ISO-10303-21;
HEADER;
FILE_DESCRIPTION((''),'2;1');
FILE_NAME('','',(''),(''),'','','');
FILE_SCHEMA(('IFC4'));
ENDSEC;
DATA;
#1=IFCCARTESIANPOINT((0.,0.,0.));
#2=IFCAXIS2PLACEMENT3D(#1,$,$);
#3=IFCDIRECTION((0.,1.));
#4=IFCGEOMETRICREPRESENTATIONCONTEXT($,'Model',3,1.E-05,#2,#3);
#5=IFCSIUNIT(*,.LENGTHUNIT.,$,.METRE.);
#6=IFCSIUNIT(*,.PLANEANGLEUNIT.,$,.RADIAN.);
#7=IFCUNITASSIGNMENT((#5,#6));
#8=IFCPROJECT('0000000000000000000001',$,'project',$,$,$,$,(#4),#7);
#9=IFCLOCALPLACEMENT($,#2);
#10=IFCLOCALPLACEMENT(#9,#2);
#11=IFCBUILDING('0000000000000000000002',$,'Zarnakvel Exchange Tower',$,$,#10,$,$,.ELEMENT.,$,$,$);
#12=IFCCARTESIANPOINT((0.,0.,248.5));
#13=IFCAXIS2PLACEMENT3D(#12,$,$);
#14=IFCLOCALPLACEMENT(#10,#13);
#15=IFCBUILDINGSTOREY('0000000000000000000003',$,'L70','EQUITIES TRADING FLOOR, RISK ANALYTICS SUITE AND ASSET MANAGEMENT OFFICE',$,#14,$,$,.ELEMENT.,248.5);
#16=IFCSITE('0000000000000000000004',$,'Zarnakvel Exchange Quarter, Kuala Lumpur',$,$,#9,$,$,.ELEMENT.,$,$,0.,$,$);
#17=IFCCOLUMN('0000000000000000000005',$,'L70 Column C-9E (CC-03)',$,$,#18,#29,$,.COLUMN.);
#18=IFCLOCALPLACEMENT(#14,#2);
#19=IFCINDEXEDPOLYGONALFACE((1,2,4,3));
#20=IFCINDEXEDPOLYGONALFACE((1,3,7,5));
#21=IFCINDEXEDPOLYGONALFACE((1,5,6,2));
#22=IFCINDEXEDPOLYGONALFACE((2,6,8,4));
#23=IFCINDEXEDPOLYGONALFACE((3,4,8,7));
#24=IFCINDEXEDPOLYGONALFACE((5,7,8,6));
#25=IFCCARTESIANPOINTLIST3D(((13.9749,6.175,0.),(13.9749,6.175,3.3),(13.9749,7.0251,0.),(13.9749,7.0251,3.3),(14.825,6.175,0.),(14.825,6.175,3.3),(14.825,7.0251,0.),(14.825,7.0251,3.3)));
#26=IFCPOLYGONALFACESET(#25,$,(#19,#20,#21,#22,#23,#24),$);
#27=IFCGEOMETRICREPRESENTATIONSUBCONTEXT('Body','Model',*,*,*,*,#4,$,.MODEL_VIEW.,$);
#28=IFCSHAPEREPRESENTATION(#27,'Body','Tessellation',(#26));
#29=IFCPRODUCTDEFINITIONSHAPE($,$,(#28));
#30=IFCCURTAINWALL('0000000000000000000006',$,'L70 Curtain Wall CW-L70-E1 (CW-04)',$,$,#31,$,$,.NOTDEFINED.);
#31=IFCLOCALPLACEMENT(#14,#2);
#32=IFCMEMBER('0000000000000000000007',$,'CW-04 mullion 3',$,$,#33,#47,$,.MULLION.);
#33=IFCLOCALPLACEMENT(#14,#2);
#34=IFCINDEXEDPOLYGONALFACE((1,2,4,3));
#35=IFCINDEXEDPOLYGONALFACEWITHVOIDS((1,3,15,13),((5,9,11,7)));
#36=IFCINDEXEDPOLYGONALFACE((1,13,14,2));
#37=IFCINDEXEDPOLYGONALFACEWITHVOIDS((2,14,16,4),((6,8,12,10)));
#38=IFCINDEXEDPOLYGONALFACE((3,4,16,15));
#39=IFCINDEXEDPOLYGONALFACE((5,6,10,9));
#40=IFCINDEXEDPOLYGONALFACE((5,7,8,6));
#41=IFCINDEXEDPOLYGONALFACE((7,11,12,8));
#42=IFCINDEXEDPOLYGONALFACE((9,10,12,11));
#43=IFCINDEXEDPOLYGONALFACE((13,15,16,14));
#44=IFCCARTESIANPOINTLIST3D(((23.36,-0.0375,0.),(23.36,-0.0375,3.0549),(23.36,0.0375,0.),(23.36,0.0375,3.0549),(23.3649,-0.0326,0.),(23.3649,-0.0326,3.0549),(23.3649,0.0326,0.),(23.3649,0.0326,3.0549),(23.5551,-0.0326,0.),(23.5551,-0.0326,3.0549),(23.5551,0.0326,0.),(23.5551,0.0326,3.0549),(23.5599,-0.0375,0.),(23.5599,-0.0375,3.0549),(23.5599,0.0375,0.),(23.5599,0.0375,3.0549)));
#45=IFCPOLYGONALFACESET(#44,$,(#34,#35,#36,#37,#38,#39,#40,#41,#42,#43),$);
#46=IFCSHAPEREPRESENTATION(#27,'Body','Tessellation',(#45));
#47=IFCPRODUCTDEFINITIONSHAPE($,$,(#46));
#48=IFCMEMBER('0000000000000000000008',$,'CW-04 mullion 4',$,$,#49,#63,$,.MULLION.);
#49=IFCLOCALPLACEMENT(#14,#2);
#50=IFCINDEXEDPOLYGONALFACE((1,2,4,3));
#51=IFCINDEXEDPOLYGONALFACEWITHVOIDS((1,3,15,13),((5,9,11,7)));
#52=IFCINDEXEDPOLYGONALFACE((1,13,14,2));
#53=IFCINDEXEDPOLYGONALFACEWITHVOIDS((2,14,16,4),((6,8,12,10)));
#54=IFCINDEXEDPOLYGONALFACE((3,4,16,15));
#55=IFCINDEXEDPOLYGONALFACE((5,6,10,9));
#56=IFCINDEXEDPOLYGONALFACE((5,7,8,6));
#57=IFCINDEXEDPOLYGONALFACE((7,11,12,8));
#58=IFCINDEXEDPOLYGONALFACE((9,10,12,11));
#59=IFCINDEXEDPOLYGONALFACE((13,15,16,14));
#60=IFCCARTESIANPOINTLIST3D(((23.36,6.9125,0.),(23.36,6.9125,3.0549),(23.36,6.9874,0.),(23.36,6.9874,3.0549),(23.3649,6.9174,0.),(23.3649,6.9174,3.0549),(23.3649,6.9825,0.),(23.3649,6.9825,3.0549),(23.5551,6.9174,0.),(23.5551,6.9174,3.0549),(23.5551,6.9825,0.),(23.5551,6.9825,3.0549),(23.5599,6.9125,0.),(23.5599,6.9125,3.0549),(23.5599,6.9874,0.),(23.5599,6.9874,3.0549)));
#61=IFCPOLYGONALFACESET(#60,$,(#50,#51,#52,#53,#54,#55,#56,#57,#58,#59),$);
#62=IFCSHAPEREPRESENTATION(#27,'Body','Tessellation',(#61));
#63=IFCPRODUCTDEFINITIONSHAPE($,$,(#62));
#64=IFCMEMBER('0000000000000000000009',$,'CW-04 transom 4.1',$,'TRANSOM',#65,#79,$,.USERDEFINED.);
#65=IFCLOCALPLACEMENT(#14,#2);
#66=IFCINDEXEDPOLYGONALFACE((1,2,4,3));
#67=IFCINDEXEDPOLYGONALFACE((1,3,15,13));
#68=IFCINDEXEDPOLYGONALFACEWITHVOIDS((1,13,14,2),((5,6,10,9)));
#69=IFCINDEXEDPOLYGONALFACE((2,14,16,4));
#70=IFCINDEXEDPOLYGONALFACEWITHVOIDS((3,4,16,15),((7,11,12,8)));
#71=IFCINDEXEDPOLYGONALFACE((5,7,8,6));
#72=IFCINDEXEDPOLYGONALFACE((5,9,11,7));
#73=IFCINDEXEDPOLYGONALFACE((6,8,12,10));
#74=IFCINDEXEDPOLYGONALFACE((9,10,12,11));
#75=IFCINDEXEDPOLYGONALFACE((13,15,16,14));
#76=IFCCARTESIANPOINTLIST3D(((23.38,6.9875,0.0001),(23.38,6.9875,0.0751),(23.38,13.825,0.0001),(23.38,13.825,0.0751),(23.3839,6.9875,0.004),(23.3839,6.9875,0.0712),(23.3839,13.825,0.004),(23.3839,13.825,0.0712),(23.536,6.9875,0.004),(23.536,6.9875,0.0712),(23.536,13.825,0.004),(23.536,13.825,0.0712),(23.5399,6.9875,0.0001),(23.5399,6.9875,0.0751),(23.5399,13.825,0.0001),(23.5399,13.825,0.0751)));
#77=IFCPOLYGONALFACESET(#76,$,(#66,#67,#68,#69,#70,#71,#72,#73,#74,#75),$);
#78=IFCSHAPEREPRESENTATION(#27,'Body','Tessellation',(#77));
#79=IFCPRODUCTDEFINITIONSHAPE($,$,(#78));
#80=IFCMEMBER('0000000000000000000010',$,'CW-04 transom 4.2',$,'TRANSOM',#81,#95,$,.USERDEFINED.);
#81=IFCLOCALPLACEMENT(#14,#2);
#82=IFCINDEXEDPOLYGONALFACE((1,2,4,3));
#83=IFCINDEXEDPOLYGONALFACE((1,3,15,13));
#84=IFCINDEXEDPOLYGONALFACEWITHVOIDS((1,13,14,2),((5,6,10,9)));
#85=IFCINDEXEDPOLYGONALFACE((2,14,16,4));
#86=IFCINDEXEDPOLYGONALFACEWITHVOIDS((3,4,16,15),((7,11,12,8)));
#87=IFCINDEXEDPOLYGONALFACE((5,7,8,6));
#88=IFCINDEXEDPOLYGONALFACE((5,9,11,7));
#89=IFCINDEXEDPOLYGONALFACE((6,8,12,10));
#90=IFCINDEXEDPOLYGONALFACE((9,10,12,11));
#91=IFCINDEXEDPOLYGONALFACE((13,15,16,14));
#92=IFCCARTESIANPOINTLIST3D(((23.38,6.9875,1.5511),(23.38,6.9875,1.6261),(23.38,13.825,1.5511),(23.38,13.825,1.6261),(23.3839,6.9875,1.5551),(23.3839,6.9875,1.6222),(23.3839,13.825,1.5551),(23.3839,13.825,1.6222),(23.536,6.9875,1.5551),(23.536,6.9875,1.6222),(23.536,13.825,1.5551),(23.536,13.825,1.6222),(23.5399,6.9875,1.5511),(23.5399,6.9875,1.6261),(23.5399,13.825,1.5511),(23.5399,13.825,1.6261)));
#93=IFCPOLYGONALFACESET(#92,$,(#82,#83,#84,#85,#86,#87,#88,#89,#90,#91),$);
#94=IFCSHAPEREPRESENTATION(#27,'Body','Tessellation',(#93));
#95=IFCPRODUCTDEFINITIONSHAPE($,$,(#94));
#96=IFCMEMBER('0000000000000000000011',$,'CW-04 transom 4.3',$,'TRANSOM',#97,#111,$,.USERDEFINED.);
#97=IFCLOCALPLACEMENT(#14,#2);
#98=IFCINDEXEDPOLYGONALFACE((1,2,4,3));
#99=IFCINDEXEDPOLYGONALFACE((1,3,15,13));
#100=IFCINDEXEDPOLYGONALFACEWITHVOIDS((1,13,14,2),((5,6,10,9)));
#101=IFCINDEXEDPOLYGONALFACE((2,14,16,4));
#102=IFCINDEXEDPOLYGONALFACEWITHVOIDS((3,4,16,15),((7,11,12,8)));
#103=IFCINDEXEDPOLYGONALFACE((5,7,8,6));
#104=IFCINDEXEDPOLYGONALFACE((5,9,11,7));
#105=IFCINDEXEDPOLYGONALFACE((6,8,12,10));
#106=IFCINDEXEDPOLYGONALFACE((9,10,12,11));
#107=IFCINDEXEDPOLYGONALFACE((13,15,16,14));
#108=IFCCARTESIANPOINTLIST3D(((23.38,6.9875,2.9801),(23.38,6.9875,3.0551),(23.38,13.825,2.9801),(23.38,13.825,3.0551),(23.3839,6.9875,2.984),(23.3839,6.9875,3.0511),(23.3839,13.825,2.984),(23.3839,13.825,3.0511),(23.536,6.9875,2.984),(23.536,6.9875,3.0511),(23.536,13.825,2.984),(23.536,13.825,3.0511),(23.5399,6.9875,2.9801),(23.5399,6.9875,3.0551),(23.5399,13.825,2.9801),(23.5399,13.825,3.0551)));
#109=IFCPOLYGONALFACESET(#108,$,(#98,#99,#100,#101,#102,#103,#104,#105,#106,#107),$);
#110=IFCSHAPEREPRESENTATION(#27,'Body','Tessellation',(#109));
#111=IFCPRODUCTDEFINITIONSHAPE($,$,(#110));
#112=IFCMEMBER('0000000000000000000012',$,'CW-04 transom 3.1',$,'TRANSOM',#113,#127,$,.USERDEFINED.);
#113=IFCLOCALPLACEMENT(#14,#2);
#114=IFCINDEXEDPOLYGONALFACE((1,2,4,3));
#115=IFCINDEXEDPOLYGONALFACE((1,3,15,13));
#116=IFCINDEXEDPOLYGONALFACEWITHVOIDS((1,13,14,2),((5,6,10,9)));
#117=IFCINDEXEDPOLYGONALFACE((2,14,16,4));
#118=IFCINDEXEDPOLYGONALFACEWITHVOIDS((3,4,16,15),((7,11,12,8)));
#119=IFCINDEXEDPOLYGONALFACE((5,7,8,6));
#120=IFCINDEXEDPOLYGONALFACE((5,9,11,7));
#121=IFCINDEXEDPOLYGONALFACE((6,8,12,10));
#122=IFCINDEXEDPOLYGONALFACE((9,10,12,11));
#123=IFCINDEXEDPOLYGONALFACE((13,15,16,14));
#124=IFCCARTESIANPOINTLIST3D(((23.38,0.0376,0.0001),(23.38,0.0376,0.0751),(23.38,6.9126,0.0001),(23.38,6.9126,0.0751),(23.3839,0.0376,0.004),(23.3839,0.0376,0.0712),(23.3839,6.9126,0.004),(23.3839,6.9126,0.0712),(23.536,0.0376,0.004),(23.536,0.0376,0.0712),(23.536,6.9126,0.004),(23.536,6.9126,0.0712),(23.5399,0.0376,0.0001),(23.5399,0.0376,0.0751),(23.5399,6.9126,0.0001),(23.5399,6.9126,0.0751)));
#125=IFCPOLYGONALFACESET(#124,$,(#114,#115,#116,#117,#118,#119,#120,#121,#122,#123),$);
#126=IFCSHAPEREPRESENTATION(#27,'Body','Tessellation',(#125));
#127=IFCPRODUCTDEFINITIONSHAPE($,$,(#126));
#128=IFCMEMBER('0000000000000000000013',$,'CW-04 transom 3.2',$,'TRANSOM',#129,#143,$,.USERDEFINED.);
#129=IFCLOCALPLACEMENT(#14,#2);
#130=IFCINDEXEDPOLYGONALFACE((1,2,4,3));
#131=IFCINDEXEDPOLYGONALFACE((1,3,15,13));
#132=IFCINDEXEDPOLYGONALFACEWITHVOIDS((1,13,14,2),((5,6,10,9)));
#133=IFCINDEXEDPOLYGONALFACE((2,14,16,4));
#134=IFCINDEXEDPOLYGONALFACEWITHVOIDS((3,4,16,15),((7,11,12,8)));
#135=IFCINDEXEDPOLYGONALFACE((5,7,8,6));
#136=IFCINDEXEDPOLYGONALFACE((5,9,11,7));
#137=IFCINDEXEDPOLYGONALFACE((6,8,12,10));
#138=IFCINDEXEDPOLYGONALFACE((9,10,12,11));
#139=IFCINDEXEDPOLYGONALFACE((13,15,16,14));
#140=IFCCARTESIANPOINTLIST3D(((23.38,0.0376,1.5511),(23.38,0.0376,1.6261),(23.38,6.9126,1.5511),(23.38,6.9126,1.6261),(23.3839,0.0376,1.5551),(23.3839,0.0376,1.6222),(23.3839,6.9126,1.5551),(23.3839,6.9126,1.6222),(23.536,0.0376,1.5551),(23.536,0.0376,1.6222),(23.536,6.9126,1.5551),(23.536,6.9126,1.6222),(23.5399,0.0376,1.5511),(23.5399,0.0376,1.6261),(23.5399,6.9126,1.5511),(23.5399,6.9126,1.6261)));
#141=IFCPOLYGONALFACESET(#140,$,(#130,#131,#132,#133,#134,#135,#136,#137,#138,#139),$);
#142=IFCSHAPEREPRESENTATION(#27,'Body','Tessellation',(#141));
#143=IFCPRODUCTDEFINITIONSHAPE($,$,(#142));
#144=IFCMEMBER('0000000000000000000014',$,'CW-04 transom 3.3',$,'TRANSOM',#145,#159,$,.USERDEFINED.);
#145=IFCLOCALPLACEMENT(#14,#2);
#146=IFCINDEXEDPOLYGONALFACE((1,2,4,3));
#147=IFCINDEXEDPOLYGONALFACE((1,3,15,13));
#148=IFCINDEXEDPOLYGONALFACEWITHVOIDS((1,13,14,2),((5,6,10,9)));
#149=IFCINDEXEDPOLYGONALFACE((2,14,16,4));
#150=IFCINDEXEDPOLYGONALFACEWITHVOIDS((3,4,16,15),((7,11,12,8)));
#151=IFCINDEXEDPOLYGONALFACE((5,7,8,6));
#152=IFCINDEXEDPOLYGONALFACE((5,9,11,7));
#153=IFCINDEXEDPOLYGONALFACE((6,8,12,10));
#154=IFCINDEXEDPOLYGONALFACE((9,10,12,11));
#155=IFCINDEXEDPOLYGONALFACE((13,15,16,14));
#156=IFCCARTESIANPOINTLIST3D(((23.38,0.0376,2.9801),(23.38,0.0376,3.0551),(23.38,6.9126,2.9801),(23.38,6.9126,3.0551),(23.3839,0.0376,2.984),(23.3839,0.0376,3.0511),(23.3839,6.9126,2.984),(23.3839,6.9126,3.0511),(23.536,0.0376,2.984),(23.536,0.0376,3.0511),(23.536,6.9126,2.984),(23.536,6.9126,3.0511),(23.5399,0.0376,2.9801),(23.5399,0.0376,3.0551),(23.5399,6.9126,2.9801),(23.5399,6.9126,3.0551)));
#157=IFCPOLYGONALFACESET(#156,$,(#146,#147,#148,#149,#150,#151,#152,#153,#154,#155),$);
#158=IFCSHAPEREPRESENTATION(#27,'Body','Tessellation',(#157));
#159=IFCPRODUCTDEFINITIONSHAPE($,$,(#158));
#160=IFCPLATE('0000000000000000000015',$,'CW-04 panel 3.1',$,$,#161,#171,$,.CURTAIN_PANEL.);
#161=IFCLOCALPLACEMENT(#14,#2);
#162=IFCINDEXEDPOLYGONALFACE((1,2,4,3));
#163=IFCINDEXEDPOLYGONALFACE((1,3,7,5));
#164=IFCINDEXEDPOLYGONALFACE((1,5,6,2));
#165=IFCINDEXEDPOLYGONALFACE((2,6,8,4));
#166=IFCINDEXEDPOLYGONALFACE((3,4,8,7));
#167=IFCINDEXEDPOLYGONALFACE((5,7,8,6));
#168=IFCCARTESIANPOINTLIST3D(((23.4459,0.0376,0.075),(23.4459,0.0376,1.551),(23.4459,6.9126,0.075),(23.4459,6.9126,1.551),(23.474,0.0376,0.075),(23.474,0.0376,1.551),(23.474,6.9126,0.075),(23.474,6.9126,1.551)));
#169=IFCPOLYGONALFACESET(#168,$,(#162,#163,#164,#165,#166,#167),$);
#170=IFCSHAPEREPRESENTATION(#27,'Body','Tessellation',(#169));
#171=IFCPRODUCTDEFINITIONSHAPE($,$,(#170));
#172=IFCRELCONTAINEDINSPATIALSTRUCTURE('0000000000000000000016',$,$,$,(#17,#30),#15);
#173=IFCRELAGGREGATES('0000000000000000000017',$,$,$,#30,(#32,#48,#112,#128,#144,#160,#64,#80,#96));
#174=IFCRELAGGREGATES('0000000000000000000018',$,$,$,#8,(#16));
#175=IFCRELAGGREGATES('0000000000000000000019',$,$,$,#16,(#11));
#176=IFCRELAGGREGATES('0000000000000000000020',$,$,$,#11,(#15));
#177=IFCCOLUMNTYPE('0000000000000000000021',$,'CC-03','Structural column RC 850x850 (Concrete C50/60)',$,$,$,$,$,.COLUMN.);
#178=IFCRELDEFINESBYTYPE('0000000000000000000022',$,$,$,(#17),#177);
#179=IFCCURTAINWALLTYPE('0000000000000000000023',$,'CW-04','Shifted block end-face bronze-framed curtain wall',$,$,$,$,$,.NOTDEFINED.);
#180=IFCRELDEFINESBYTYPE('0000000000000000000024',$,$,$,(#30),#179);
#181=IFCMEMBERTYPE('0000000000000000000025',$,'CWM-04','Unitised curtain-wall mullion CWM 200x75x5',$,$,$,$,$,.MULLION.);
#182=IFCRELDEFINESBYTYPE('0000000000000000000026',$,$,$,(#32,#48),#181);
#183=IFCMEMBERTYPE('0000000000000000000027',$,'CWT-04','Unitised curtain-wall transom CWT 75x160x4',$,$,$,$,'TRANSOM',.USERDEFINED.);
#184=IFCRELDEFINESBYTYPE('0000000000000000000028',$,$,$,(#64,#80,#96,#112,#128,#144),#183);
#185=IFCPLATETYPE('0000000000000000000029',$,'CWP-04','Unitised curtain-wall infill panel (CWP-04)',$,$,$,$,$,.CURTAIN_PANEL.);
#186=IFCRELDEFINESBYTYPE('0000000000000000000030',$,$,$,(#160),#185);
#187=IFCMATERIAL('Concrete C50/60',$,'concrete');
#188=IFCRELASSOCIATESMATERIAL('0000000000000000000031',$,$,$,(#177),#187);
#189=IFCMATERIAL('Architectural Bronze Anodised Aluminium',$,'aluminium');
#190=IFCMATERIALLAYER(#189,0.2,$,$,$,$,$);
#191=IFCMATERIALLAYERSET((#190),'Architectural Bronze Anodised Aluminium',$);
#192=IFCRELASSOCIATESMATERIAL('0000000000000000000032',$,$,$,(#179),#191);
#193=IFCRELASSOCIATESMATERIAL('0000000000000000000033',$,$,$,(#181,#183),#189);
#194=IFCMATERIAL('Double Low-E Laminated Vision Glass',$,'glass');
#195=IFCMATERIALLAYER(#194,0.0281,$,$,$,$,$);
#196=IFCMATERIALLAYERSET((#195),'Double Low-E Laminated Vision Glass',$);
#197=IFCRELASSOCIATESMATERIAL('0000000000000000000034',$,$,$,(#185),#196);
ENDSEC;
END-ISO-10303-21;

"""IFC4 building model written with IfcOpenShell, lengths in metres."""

from ifc_helpers import new_model, si_unit, direction, frame, origin, origin_2d, place, context, subcontext, project, spatial, rectangle, hollow_rectangle, extrude, source, transform, mapped, material, layer, layer_set, material_profile, profile_set, type_object, element, aggregate, save


model = new_model("IFC4")

# Units and contexts
model_context = context("Model", 3, precision=1e-05, world=origin(), true_north=direction((0.0, 1.0)))
body_context = subcontext(model_context, "Body", "Model", "MODEL_VIEW")
ifc_project = project(units=[si_unit("LENGTHUNIT", "METRE"), si_unit("PLANEANGLEUNIT", "RADIAN")], contexts=[model_context])

# Site, building, storey
site_placement = place(None, origin())
site = spatial("IfcSite", under=ifc_project, at=site_placement, Name="Zarnakvel Exchange Quarter, Kuala Lumpur", CompositionType="ELEMENT", RefElevation=0.0)
building_placement = place(site_placement, origin())
building = spatial("IfcBuilding", under=site, at=building_placement, Name="Zarnakvel Exchange Tower", CompositionType="ELEMENT")
storey_placement = place(building_placement, frame((0.0, 0.0, 248.5)))
storey = spatial("IfcBuildingStorey", under=building, at=storey_placement, Name="L70", Description="EQUITIES TRADING FLOOR, RISK ANALYTICS SUITE AND ASSET MANAGEMENT OFFICE", CompositionType="ELEMENT", Elevation=248.5)

# Column
ifc_material_1 = material(Name="Concrete C50/60", Category="concrete")
ifc_material_profile_1 = material_profile(ifc_material_1, rectangle(XDim=0.8501, YDim=0.8501, at=origin_2d()))
ifc_profile_set_1 = profile_set([ifc_material_profile_1], Name="Concrete C50/60")
column_type = type_object("IfcColumnType", Name="CC-03", Description="Structural column RC 850x850 (Concrete C50/60)", PredefinedType="COLUMN", material=ifc_profile_set_1)
column_placement = place(storey_placement, frame((14.3999, 6.6001, 0.0), z_axis=(0.0, 0.0, 1.0), x_axis=(1.0, 0.0, 0.0)))
element("IfcColumn", 1, at=column_placement, inside=storey, type_object=column_type, Name="L70 Column C-9E (CC-03)", PredefinedType="COLUMN", context=body_context, shape_type="SweptSolid", body=[
    extrude(rectangle(XDim=0.8501, YDim=0.8501, at=origin_2d()), origin(), (0.0, 0.0, 1.0), 3.3),
])

# Curtain wall, members, plate
ifc_material_2 = material(Name="Architectural Bronze Anodised Aluminium", Category="aluminium")
ifc_layer_1 = layer(ifc_material_2, 0.2)
ifc_layer_set_1 = layer_set([ifc_layer_1], Name="Architectural Bronze Anodised Aluminium")
curtain_wall_type = type_object("IfcCurtainWallType", Name="CW-04", Description="Shifted block end-face bronze-framed curtain wall", PredefinedType="NOTDEFINED", material=ifc_layer_set_1)
curtain_wall_placement = place(storey_placement, origin())
curtain_wall = element("IfcCurtainWall", 2, at=curtain_wall_placement, inside=storey, type_object=curtain_wall_type, Name="L70 Curtain Wall CW-L70-E1 (CW-04)", PredefinedType="NOTDEFINED")
ifc_material_profile_2 = material_profile(ifc_material_2, hollow_rectangle(XDim=0.2, YDim=0.075, WallThickness=0.0049, at=origin_2d()))
ifc_profile_set_2 = profile_set([ifc_material_profile_2], Name="Architectural Bronze Anodised Aluminium")
member_type_1 = type_object("IfcMemberType", Name="CWM-04", Description="Unitised curtain-wall mullion CWM 200x75x5", PredefinedType="MULLION", material=ifc_profile_set_2)
shared_shape_1 = source(origin(), body_context, "Body", "SweptSolid", [
    extrude(hollow_rectangle(XDim=0.2, YDim=0.075, WallThickness=0.0049, at=origin_2d()), origin(), (0.0, 0.0, 1.0), 3.0549),
])
member_1_placement = place(storey_placement, frame((23.46, 0.0, 0.0), z_axis=(0.0, 0.0, 1.0), x_axis=(-1.0, 0.0, 0.0)))
member_1 = element("IfcMember", 3, at=member_1_placement, type_object=member_type_1, Name="CW-04 mullion 3", PredefinedType="MULLION", context=body_context, shape_type="MappedRepresentation", body=[
    mapped(shared_shape_1, transform((0.0, 0.0, 0.0), x_axis=(1.0, 0.0, 0.0), y_axis=(0.0, 1.0, 0.0), z_axis=(0.0, 0.0, 1.0), scale=1.0)),
])
member_2_placement = place(storey_placement, frame((23.46, 6.95, 0.0), z_axis=(0.0, 0.0, 1.0), x_axis=(-1.0, 0.0, 0.0)))
member_2 = element("IfcMember", 4, at=member_2_placement, type_object=member_type_1, Name="CW-04 mullion 4", PredefinedType="MULLION", context=body_context, shape_type="MappedRepresentation", body=[
    mapped(shared_shape_1, transform((0.0, 0.0, 0.0), x_axis=(1.0, 0.0, 0.0), y_axis=(0.0, 1.0, 0.0), z_axis=(0.0, 0.0, 1.0), scale=1.0)),
])
ifc_material_profile_3 = material_profile(ifc_material_2, hollow_rectangle(XDim=0.1599, YDim=0.075, WallThickness=0.0039, at=origin_2d()))
ifc_profile_set_3 = profile_set([ifc_material_profile_3], Name="Architectural Bronze Anodised Aluminium")
member_type_2 = type_object("IfcMemberType", Name="CWT-04", Description="Unitised curtain-wall transom CWT 75x160x4", ElementType="TRANSOM", PredefinedType="USERDEFINED", material=ifc_profile_set_3)
shared_shape_2 = source(origin(), body_context, "Body", "SweptSolid", [
    extrude(hollow_rectangle(XDim=0.1599, YDim=0.075, WallThickness=0.0039, at=origin_2d()), origin(), (0.0, 0.0, 1.0), 6.8374),
])
member_3_placement = place(storey_placement, frame((23.46, 6.9875, 0.0376), z_axis=(0.0, 1.0, 0.0), x_axis=(-1.0, 0.0, 0.0)))
member_3 = element("IfcMember", 5, at=member_3_placement, type_object=member_type_2, Name="CW-04 transom 4.1", ObjectType="TRANSOM", PredefinedType="USERDEFINED", context=body_context, shape_type="MappedRepresentation", body=[
    mapped(shared_shape_2, transform((0.0, 0.0, 0.0), x_axis=(1.0, 0.0, 0.0), y_axis=(0.0, 1.0, 0.0), z_axis=(0.0, 0.0, 1.0), scale=1.0)),
])
member_4_placement = place(storey_placement, frame((23.46, 6.9875, 1.5886), z_axis=(0.0, 1.0, 0.0), x_axis=(-1.0, 0.0, 0.0)))
member_4 = element("IfcMember", 6, at=member_4_placement, type_object=member_type_2, Name="CW-04 transom 4.2", ObjectType="TRANSOM", PredefinedType="USERDEFINED", context=body_context, shape_type="MappedRepresentation", body=[
    mapped(shared_shape_2, transform((0.0, 0.0, 0.0), x_axis=(1.0, 0.0, 0.0), y_axis=(0.0, 1.0, 0.0), z_axis=(0.0, 0.0, 1.0), scale=1.0)),
])
member_5_placement = place(storey_placement, frame((23.46, 6.9875, 3.0176), z_axis=(0.0, 1.0, 0.0), x_axis=(-1.0, 0.0, 0.0)))
member_5 = element("IfcMember", 7, at=member_5_placement, type_object=member_type_2, Name="CW-04 transom 4.3", ObjectType="TRANSOM", PredefinedType="USERDEFINED", context=body_context, shape_type="MappedRepresentation", body=[
    mapped(shared_shape_2, transform((0.0, 0.0, 0.0), x_axis=(1.0, 0.0, 0.0), y_axis=(0.0, 1.0, 0.0), z_axis=(0.0, 0.0, 1.0), scale=1.0)),
])
shared_shape_3 = source(origin(), body_context, "Body", "SweptSolid", [
    extrude(hollow_rectangle(XDim=0.1599, YDim=0.075, WallThickness=0.0039, at=origin_2d()), origin(), (0.0, 0.0, 1.0), 6.875),
])
member_6_placement = place(storey_placement, frame((23.46, 0.0376, 0.0376), z_axis=(0.0, 1.0, 0.0), x_axis=(-1.0, 0.0, 0.0)))
member_6 = element("IfcMember", 8, at=member_6_placement, type_object=member_type_2, Name="CW-04 transom 3.1", ObjectType="TRANSOM", PredefinedType="USERDEFINED", context=body_context, shape_type="MappedRepresentation", body=[
    mapped(shared_shape_3, transform((0.0, 0.0, 0.0), x_axis=(1.0, 0.0, 0.0), y_axis=(0.0, 1.0, 0.0), z_axis=(0.0, 0.0, 1.0), scale=1.0)),
])
member_7_placement = place(storey_placement, frame((23.46, 0.0376, 1.5886), z_axis=(0.0, 1.0, 0.0), x_axis=(-1.0, 0.0, 0.0)))
member_7 = element("IfcMember", 9, at=member_7_placement, type_object=member_type_2, Name="CW-04 transom 3.2", ObjectType="TRANSOM", PredefinedType="USERDEFINED", context=body_context, shape_type="MappedRepresentation", body=[
    mapped(shared_shape_3, transform((0.0, 0.0, 0.0), x_axis=(1.0, 0.0, 0.0), y_axis=(0.0, 1.0, 0.0), z_axis=(0.0, 0.0, 1.0), scale=1.0)),
])
member_8_placement = place(storey_placement, frame((23.46, 0.0376, 3.0176), z_axis=(0.0, 1.0, 0.0), x_axis=(-1.0, 0.0, 0.0)))
member_8 = element("IfcMember", 10, at=member_8_placement, type_object=member_type_2, Name="CW-04 transom 3.3", ObjectType="TRANSOM", PredefinedType="USERDEFINED", context=body_context, shape_type="MappedRepresentation", body=[
    mapped(shared_shape_3, transform((0.0, 0.0, 0.0), x_axis=(1.0, 0.0, 0.0), y_axis=(0.0, 1.0, 0.0), z_axis=(0.0, 0.0, 1.0), scale=1.0)),
])
ifc_material_3 = material(Name="Double Low-E Laminated Vision Glass", Category="glass")
ifc_layer_2 = layer(ifc_material_3, 0.0281)
ifc_layer_set_2 = layer_set([ifc_layer_2], Name="Double Low-E Laminated Vision Glass")
plate_type = type_object("IfcPlateType", Name="CWP-04", Description="Unitised curtain-wall infill panel (CWP-04)", PredefinedType="CURTAIN_PANEL", material=ifc_layer_set_2)
shared_shape_4 = source(origin(), body_context, "Body", "SweptSolid", [
    extrude(rectangle(XDim=6.875, YDim=0.0281, at=origin_2d()), origin(), (0.0, 0.0, 1.0), 1.4761),
])
plate_1_placement = place(storey_placement, frame((23.46, 3.4751, 0.075), z_axis=(0.0, 0.0, 1.0), x_axis=(0.0, 1.0, 0.0)))
plate_1 = element("IfcPlate", 11, at=plate_1_placement, type_object=plate_type, Name="CW-04 panel 3.1", PredefinedType="CURTAIN_PANEL", context=body_context, shape_type="MappedRepresentation", body=[
    mapped(shared_shape_4, transform((0.0, 0.0, 0.0), x_axis=(1.0, 0.0, 0.0), y_axis=(0.0, 1.0, 0.0), z_axis=(0.0, 0.0, 1.0), scale=1.0)),
])
aggregate(curtain_wall, [member_1, member_2, member_6, member_7, member_8, plate_1, member_3, member_4, member_5])

save(model, "model.ifc")
